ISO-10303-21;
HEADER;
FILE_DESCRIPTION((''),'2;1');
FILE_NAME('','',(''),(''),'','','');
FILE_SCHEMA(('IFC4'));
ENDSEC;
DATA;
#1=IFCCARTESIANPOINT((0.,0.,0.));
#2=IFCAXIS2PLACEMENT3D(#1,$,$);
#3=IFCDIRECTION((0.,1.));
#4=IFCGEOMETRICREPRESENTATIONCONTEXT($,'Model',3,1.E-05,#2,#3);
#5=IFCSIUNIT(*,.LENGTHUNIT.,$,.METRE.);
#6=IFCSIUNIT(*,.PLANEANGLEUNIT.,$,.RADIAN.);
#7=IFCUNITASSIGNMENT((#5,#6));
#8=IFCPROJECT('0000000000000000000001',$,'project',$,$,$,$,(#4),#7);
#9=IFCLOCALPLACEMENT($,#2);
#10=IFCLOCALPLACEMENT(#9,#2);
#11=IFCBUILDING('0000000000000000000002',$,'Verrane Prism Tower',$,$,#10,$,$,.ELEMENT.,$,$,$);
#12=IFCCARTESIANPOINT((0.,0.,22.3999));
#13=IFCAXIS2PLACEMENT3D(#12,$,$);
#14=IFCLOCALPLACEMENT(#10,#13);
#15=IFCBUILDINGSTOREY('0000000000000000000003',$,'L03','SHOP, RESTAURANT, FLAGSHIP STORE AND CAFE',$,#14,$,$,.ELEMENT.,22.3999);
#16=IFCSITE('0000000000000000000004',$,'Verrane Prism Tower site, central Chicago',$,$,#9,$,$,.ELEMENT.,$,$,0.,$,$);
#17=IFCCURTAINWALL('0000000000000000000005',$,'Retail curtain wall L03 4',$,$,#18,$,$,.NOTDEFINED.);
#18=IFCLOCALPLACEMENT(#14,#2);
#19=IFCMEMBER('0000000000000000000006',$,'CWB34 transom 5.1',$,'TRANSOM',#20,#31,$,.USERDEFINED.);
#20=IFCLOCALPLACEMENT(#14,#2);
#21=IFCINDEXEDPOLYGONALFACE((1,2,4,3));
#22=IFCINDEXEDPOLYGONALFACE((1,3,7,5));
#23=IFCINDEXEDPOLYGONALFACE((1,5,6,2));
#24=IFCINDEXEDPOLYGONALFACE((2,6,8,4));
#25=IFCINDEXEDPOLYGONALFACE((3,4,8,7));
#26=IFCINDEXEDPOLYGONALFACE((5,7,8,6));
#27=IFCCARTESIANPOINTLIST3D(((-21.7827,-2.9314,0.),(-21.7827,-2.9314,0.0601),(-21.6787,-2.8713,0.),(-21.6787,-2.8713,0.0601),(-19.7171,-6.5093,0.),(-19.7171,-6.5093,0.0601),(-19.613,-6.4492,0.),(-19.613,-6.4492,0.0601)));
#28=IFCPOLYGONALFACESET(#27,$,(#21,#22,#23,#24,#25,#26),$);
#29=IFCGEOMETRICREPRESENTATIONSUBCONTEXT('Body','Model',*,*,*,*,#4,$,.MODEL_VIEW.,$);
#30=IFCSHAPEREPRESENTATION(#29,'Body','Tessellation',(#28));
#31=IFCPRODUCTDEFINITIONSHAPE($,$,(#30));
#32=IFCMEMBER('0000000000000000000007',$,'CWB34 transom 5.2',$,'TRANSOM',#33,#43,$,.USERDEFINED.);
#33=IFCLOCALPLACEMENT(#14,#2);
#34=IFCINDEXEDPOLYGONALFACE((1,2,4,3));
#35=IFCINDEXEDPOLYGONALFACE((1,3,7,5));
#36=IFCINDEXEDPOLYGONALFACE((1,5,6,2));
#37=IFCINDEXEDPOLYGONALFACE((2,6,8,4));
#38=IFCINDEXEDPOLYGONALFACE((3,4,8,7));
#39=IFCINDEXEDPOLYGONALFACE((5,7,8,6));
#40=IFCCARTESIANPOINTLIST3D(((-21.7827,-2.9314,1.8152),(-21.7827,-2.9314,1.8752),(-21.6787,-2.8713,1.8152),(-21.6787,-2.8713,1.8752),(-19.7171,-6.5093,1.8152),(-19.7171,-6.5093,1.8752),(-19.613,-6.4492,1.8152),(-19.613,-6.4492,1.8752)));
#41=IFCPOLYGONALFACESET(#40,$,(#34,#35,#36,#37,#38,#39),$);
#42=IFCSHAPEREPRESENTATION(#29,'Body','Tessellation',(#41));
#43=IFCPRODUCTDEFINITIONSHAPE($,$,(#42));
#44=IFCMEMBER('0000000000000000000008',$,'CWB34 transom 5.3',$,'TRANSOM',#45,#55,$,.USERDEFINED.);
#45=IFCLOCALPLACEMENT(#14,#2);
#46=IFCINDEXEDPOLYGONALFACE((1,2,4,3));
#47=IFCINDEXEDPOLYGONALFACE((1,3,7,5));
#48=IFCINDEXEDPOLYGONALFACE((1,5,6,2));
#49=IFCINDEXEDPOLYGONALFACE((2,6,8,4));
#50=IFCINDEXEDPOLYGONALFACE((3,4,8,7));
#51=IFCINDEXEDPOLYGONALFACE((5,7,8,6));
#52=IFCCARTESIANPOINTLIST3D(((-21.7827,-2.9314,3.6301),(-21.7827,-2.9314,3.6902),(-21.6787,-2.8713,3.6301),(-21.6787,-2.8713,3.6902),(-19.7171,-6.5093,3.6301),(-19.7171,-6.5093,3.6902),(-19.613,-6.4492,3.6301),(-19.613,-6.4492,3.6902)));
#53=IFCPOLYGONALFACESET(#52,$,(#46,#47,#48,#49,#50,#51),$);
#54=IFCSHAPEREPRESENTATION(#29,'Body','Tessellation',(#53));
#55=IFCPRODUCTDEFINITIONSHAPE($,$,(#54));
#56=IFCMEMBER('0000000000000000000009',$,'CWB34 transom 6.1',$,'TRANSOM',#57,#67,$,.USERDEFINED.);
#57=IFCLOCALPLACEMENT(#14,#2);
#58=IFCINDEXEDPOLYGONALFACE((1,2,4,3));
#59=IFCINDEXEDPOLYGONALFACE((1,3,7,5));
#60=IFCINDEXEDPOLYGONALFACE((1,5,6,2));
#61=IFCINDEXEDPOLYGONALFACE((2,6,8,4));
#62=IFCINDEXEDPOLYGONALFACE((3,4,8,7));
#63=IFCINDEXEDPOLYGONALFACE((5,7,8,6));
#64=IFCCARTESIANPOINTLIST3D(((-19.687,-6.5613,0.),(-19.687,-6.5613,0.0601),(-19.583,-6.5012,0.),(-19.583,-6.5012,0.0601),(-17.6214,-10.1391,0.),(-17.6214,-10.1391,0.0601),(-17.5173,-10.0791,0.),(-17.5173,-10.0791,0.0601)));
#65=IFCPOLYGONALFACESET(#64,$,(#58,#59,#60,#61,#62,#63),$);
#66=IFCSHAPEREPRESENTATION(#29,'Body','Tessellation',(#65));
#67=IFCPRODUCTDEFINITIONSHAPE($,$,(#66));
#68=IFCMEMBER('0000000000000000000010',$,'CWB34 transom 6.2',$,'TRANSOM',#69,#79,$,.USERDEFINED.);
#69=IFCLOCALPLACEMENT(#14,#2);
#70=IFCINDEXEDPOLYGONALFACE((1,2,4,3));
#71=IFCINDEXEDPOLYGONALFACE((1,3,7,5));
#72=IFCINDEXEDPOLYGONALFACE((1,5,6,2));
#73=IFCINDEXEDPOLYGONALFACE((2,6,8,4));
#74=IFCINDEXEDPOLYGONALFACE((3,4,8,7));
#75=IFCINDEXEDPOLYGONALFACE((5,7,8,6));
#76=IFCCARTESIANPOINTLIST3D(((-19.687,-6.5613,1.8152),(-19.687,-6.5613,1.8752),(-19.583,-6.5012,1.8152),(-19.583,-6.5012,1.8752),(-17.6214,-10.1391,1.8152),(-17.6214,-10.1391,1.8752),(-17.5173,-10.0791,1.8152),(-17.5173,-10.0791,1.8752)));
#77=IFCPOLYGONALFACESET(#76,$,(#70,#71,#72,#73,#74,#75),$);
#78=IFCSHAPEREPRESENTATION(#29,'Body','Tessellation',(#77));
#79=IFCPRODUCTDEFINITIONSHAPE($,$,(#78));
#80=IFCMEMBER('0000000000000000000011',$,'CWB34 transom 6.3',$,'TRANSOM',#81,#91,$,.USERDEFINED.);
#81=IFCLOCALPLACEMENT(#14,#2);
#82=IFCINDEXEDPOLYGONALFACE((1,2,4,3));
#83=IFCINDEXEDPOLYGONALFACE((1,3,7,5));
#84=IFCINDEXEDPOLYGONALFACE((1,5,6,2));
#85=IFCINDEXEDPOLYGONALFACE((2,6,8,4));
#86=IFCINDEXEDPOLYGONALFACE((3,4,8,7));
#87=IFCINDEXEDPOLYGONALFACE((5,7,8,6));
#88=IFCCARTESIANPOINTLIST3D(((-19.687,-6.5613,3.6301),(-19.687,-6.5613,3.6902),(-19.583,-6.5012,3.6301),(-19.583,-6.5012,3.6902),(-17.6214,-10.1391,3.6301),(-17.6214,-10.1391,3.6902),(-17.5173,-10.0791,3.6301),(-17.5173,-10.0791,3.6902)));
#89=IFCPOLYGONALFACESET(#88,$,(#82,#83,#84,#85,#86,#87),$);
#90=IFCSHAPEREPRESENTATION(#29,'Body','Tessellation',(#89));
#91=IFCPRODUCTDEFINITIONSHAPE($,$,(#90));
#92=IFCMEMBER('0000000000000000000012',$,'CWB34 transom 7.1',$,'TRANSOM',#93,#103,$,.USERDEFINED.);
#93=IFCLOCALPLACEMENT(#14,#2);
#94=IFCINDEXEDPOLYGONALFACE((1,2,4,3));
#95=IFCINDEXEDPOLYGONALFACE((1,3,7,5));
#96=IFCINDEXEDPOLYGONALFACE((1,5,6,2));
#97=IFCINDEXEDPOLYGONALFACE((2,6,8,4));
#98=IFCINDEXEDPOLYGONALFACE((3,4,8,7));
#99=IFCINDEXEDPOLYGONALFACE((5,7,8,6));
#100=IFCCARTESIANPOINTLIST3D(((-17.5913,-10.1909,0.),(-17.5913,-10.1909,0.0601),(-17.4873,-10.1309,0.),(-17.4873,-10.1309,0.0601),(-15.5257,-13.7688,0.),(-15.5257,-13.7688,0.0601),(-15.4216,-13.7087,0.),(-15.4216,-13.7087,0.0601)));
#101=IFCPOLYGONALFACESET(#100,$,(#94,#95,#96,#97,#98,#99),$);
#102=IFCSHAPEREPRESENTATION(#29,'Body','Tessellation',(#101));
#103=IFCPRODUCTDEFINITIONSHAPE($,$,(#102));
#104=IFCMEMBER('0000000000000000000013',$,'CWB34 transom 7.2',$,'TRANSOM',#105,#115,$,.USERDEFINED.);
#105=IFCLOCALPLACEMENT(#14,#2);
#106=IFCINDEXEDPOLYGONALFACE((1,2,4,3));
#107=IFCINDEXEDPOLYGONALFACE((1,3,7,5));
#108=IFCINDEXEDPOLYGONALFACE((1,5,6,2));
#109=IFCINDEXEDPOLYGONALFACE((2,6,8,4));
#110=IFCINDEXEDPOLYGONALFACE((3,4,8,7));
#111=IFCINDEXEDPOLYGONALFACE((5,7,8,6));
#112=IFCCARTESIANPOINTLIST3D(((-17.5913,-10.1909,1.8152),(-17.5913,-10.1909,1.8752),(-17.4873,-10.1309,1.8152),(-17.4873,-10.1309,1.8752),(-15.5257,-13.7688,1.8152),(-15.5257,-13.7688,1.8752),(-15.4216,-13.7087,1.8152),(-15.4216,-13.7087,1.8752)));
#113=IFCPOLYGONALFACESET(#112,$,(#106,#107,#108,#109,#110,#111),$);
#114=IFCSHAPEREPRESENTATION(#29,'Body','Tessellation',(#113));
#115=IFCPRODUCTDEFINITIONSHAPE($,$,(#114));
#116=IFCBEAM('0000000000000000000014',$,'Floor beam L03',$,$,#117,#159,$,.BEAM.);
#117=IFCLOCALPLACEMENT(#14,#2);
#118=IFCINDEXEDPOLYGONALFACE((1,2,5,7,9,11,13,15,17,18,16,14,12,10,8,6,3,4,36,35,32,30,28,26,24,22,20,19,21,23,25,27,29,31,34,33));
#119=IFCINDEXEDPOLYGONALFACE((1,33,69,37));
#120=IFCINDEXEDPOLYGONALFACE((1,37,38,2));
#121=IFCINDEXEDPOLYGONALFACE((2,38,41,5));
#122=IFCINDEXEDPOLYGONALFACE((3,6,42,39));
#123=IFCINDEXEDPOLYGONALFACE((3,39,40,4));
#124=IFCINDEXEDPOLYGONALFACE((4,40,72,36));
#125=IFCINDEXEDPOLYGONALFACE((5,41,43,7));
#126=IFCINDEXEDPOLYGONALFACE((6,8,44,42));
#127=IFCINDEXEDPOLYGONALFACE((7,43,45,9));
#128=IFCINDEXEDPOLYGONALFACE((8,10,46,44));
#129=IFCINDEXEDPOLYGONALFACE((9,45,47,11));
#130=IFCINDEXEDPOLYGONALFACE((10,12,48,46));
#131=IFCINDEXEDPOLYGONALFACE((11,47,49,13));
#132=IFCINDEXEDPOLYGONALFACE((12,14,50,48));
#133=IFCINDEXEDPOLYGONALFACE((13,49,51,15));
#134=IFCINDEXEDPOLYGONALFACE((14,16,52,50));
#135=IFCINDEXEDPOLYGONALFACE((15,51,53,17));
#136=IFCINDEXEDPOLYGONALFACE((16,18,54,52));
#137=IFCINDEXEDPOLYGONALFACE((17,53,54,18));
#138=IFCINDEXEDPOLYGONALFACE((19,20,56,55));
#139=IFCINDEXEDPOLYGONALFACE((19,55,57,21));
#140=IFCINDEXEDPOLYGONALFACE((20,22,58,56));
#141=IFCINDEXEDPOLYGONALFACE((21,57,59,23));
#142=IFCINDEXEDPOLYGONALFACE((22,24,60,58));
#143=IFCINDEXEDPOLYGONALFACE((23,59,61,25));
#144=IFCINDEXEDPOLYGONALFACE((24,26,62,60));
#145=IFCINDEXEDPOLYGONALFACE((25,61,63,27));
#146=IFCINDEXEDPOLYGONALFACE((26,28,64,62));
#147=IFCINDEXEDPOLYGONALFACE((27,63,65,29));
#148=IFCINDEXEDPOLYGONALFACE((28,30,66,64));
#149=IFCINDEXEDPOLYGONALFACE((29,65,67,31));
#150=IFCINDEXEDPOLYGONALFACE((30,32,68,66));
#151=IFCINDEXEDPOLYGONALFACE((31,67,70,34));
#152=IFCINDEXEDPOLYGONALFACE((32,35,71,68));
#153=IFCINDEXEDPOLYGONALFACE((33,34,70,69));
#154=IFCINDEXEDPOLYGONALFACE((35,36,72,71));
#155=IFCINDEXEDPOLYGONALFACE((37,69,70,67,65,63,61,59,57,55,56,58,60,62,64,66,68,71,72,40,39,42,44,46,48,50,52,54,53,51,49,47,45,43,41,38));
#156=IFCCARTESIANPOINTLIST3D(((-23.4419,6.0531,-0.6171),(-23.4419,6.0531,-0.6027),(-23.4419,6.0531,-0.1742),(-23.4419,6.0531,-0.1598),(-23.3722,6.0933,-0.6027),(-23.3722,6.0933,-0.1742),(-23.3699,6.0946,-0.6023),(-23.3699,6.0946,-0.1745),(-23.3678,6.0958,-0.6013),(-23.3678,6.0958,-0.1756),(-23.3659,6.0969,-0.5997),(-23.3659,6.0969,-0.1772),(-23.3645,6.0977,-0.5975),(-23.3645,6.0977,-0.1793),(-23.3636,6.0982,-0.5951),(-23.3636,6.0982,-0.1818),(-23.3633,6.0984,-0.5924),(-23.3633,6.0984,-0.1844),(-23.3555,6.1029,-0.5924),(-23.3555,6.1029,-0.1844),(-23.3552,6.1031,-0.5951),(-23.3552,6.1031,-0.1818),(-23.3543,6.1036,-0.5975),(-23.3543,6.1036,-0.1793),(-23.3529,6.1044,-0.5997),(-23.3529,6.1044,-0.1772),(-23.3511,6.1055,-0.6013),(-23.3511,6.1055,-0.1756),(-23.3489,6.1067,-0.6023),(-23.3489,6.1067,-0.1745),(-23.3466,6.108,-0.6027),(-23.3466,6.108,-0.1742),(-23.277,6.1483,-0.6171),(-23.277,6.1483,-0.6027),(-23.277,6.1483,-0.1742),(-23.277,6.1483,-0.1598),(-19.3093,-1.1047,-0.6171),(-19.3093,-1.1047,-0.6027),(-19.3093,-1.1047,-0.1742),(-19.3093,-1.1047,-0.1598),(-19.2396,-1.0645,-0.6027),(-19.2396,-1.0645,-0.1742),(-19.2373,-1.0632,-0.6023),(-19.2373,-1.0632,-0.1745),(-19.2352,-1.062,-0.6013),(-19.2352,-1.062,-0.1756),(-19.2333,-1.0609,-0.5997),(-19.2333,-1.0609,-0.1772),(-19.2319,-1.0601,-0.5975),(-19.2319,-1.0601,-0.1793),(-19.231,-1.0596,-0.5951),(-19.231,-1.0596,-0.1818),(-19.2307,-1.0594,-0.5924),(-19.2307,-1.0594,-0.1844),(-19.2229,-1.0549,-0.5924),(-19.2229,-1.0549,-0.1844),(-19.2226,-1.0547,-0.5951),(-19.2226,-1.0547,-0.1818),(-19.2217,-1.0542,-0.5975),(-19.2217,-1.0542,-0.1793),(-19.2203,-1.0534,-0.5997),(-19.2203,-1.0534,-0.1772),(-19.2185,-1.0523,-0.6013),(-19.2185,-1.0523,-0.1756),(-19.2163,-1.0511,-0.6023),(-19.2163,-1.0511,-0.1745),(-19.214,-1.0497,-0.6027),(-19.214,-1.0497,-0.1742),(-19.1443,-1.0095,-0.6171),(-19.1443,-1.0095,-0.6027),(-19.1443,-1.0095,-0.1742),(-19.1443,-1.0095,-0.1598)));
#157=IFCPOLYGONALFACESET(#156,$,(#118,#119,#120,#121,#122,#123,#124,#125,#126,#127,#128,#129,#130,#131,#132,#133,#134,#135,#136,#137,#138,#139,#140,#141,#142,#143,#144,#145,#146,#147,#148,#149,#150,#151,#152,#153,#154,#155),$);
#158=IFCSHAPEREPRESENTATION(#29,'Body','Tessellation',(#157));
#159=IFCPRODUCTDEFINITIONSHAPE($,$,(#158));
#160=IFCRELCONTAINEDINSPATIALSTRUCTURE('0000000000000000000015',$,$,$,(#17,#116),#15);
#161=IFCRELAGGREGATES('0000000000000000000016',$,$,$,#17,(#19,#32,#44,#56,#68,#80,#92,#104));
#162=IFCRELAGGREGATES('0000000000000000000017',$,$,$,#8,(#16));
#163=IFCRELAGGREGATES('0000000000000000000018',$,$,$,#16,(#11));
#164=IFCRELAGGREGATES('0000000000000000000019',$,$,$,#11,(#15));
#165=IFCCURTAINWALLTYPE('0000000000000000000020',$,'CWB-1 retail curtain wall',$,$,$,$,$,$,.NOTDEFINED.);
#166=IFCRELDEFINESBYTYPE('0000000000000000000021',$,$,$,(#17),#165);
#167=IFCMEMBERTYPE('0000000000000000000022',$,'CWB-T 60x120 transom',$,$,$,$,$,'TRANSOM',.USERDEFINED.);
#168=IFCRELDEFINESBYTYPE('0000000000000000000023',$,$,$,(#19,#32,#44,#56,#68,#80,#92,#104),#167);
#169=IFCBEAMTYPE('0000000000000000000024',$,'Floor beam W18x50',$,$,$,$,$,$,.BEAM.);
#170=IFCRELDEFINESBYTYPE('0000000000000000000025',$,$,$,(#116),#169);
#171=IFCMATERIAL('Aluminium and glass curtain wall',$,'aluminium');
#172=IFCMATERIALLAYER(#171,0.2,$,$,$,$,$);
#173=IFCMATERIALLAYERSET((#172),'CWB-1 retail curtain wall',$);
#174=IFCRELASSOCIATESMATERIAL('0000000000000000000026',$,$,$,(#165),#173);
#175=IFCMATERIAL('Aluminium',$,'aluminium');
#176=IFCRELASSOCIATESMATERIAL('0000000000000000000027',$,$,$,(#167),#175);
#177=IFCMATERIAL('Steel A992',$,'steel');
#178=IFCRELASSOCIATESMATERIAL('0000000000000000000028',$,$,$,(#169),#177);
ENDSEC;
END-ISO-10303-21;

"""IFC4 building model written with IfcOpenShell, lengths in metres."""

from ifc_helpers import new_model, si_unit, direction, frame, origin, origin_2d, place, context, subcontext, project, spatial, rectangle, i_section, extrude, material, layer, layer_set, material_profile, profile_set, type_object, element, aggregate, save


model = new_model("IFC4")

# Units and contexts
model_context = context("Model", 3, precision=1e-05, world=origin(), true_north=direction((0.0, 1.0)))
body_context = subcontext(model_context, "Body", "Model", "MODEL_VIEW")
ifc_project = project(units=[si_unit("LENGTHUNIT", "METRE"), si_unit("PLANEANGLEUNIT", "RADIAN")], contexts=[model_context])

# Site, building, storey
site_placement = place(None, origin())
site = spatial("IfcSite", under=ifc_project, at=site_placement, Name="Verrane Prism Tower site, central Chicago", CompositionType="ELEMENT", RefElevation=0.0)
building_placement = place(site_placement, origin())
building = spatial("IfcBuilding", under=site, at=building_placement, Name="Verrane Prism Tower", CompositionType="ELEMENT")
storey_placement = place(building_placement, frame((0.0, 0.0, 22.3999)))
storey = spatial("IfcBuildingStorey", under=building, at=storey_placement, Name="L03", Description="SHOP, RESTAURANT, FLAGSHIP STORE AND CAFE", CompositionType="ELEMENT", Elevation=22.3999)

# Curtain wall, members
ifc_material_1 = material(Name="Aluminium and glass curtain wall", Category="aluminium")
ifc_layer_1 = layer(ifc_material_1, 0.2)
ifc_layer_set_1 = layer_set([ifc_layer_1], Name="CWB-1 retail curtain wall")
curtain_wall_type = type_object("IfcCurtainWallType", Name="CWB-1 retail curtain wall", PredefinedType="NOTDEFINED", material=ifc_layer_set_1)
curtain_wall_placement = place(storey_placement, origin())
curtain_wall = element("IfcCurtainWall", 1, at=curtain_wall_placement, inside=storey, type_object=curtain_wall_type, Name="Retail curtain wall L03 4", PredefinedType="NOTDEFINED")
ifc_material_2 = material(Name="Aluminium", Category="aluminium")
ifc_material_profile_1 = material_profile(ifc_material_2, rectangle(XDim=0.1201, YDim=0.0601, at=origin_2d()), Name="CWB-T 60x120 transom")
ifc_profile_set_1 = profile_set([ifc_material_profile_1], Name="Aluminium")
member_type_1 = type_object("IfcMemberType", Name="CWB-T 60x120 transom", ElementType="TRANSOM", PredefinedType="USERDEFINED", material=ifc_profile_set_1)
member_1_placement = place(storey_placement, frame((-21.7307, -2.9014, 0.03), z_axis=(0.499997, -0.866027, 0.0), x_axis=(0.866027, 0.499997, 0.0)))
member_1 = element("IfcMember", 2, at=member_1_placement, type_object=member_type_1, Name="CWB34 transom 5.1", ObjectType="TRANSOM", PredefinedType="USERDEFINED", context=body_context, shape_type="SweptSolid", body=[
    extrude(rectangle(XDim=0.1201, YDim=0.0601, at=origin_2d()), origin(), (0.0, 0.0, 1.0), 4.1313),
])
member_2_placement = place(storey_placement, frame((-21.7307, -2.9014, 1.8452), z_axis=(0.499997, -0.866027, 0.0), x_axis=(0.866027, 0.499997, 0.0)))
member_2 = element("IfcMember", 3, at=member_2_placement, type_object=member_type_1, Name="CWB34 transom 5.2", ObjectType="TRANSOM", PredefinedType="USERDEFINED", context=body_context, shape_type="SweptSolid", body=[
    extrude(rectangle(XDim=0.1201, YDim=0.0601, at=origin_2d()), origin(), (0.0, 0.0, 1.0), 4.1313),
])
member_3_placement = place(storey_placement, frame((-21.7307, -2.9014, 3.6602), z_axis=(0.499997, -0.866027, 0.0), x_axis=(0.866027, 0.499997, 0.0)))
member_3 = element("IfcMember", 4, at=member_3_placement, type_object=member_type_1, Name="CWB34 transom 5.3", ObjectType="TRANSOM", PredefinedType="USERDEFINED", context=body_context, shape_type="SweptSolid", body=[
    extrude(rectangle(XDim=0.1201, YDim=0.0601, at=origin_2d()), origin(), (0.0, 0.0, 1.0), 4.1313),
])
member_4_placement = place(storey_placement, frame((-19.635, -6.5312, 0.03), z_axis=(0.499997, -0.866027, 0.0), x_axis=(0.866027, 0.499997, 0.0)))
member_4 = element("IfcMember", 5, at=member_4_placement, type_object=member_type_1, Name="CWB34 transom 6.1", ObjectType="TRANSOM", PredefinedType="USERDEFINED", context=body_context, shape_type="SweptSolid", body=[
    extrude(rectangle(XDim=0.1201, YDim=0.0601, at=origin_2d()), origin(), (0.0, 0.0, 1.0), 4.1313),
])
member_5_placement = place(storey_placement, frame((-19.635, -6.5312, 1.8452), z_axis=(0.499997, -0.866027, 0.0), x_axis=(0.866027, 0.499997, 0.0)))
member_5 = element("IfcMember", 6, at=member_5_placement, type_object=member_type_1, Name="CWB34 transom 6.2", ObjectType="TRANSOM", PredefinedType="USERDEFINED", context=body_context, shape_type="SweptSolid", body=[
    extrude(rectangle(XDim=0.1201, YDim=0.0601, at=origin_2d()), origin(), (0.0, 0.0, 1.0), 4.1313),
])
member_6_placement = place(storey_placement, frame((-19.635, -6.5312, 3.6602), z_axis=(0.499997, -0.866027, 0.0), x_axis=(0.866027, 0.499997, 0.0)))
member_6 = element("IfcMember", 7, at=member_6_placement, type_object=member_type_1, Name="CWB34 transom 6.3", ObjectType="TRANSOM", PredefinedType="USERDEFINED", context=body_context, shape_type="SweptSolid", body=[
    extrude(rectangle(XDim=0.1201, YDim=0.0601, at=origin_2d()), origin(), (0.0, 0.0, 1.0), 4.1313),
])
member_7_placement = place(storey_placement, frame((-17.5393, -10.1609, 0.03), z_axis=(0.499997, -0.866027, 0.0), x_axis=(0.866027, 0.499997, 0.0)))
member_7 = element("IfcMember", 8, at=member_7_placement, type_object=member_type_1, Name="CWB34 transom 7.1", ObjectType="TRANSOM", PredefinedType="USERDEFINED", context=body_context, shape_type="SweptSolid", body=[
    extrude(rectangle(XDim=0.1201, YDim=0.0601, at=origin_2d()), origin(), (0.0, 0.0, 1.0), 4.1313),
])
member_8_placement = place(storey_placement, frame((-17.5393, -10.1609, 1.8452), z_axis=(0.499997, -0.866027, 0.0), x_axis=(0.866027, 0.499997, 0.0)))
member_8 = element("IfcMember", 9, at=member_8_placement, type_object=member_type_1, Name="CWB34 transom 7.2", ObjectType="TRANSOM", PredefinedType="USERDEFINED", context=body_context, shape_type="SweptSolid", body=[
    extrude(rectangle(XDim=0.1201, YDim=0.0601, at=origin_2d()), origin(), (0.0, 0.0, 1.0), 4.1313),
])

# Beam
ifc_material_3 = material(Name="Steel A992", Category="steel")
ifc_material_profile_2 = material_profile(ifc_material_3, i_section(OverallWidth=0.1904, OverallDepth=0.4573, WebThickness=0.009, FlangeThickness=0.0144, FilletRadius=0.0103, at=origin_2d()), Name="W18x50")
ifc_profile_set_2 = profile_set([ifc_material_profile_2], Name="Steel A992")
beam_type_1 = type_object("IfcBeamType", Name="Floor beam W18x50", PredefinedType="BEAM", material=ifc_profile_set_2)
beam_1_placement = place(storey_placement, frame((-19.2268, -1.0571, -0.3884), z_axis=(-0.500005, 0.866022, 0.0), x_axis=(-0.866022, -0.500005, 0.0)))
element("IfcBeam", 10, at=beam_1_placement, inside=storey, type_object=beam_type_1, Name="Floor beam L03", PredefinedType="BEAM", context=body_context, shape_type="SweptSolid", body=[
    extrude(i_section(OverallWidth=0.1904, OverallDepth=0.4573, WebThickness=0.009, FlangeThickness=0.0144, FilletRadius=0.0103, at=origin_2d()), origin(), (0.0, 0.0, 1.0), 8.2651),
])

aggregate(curtain_wall, [member_1, member_2, member_3, member_4, member_5, member_6, member_7, member_8])

save(model, "model.ifc")
